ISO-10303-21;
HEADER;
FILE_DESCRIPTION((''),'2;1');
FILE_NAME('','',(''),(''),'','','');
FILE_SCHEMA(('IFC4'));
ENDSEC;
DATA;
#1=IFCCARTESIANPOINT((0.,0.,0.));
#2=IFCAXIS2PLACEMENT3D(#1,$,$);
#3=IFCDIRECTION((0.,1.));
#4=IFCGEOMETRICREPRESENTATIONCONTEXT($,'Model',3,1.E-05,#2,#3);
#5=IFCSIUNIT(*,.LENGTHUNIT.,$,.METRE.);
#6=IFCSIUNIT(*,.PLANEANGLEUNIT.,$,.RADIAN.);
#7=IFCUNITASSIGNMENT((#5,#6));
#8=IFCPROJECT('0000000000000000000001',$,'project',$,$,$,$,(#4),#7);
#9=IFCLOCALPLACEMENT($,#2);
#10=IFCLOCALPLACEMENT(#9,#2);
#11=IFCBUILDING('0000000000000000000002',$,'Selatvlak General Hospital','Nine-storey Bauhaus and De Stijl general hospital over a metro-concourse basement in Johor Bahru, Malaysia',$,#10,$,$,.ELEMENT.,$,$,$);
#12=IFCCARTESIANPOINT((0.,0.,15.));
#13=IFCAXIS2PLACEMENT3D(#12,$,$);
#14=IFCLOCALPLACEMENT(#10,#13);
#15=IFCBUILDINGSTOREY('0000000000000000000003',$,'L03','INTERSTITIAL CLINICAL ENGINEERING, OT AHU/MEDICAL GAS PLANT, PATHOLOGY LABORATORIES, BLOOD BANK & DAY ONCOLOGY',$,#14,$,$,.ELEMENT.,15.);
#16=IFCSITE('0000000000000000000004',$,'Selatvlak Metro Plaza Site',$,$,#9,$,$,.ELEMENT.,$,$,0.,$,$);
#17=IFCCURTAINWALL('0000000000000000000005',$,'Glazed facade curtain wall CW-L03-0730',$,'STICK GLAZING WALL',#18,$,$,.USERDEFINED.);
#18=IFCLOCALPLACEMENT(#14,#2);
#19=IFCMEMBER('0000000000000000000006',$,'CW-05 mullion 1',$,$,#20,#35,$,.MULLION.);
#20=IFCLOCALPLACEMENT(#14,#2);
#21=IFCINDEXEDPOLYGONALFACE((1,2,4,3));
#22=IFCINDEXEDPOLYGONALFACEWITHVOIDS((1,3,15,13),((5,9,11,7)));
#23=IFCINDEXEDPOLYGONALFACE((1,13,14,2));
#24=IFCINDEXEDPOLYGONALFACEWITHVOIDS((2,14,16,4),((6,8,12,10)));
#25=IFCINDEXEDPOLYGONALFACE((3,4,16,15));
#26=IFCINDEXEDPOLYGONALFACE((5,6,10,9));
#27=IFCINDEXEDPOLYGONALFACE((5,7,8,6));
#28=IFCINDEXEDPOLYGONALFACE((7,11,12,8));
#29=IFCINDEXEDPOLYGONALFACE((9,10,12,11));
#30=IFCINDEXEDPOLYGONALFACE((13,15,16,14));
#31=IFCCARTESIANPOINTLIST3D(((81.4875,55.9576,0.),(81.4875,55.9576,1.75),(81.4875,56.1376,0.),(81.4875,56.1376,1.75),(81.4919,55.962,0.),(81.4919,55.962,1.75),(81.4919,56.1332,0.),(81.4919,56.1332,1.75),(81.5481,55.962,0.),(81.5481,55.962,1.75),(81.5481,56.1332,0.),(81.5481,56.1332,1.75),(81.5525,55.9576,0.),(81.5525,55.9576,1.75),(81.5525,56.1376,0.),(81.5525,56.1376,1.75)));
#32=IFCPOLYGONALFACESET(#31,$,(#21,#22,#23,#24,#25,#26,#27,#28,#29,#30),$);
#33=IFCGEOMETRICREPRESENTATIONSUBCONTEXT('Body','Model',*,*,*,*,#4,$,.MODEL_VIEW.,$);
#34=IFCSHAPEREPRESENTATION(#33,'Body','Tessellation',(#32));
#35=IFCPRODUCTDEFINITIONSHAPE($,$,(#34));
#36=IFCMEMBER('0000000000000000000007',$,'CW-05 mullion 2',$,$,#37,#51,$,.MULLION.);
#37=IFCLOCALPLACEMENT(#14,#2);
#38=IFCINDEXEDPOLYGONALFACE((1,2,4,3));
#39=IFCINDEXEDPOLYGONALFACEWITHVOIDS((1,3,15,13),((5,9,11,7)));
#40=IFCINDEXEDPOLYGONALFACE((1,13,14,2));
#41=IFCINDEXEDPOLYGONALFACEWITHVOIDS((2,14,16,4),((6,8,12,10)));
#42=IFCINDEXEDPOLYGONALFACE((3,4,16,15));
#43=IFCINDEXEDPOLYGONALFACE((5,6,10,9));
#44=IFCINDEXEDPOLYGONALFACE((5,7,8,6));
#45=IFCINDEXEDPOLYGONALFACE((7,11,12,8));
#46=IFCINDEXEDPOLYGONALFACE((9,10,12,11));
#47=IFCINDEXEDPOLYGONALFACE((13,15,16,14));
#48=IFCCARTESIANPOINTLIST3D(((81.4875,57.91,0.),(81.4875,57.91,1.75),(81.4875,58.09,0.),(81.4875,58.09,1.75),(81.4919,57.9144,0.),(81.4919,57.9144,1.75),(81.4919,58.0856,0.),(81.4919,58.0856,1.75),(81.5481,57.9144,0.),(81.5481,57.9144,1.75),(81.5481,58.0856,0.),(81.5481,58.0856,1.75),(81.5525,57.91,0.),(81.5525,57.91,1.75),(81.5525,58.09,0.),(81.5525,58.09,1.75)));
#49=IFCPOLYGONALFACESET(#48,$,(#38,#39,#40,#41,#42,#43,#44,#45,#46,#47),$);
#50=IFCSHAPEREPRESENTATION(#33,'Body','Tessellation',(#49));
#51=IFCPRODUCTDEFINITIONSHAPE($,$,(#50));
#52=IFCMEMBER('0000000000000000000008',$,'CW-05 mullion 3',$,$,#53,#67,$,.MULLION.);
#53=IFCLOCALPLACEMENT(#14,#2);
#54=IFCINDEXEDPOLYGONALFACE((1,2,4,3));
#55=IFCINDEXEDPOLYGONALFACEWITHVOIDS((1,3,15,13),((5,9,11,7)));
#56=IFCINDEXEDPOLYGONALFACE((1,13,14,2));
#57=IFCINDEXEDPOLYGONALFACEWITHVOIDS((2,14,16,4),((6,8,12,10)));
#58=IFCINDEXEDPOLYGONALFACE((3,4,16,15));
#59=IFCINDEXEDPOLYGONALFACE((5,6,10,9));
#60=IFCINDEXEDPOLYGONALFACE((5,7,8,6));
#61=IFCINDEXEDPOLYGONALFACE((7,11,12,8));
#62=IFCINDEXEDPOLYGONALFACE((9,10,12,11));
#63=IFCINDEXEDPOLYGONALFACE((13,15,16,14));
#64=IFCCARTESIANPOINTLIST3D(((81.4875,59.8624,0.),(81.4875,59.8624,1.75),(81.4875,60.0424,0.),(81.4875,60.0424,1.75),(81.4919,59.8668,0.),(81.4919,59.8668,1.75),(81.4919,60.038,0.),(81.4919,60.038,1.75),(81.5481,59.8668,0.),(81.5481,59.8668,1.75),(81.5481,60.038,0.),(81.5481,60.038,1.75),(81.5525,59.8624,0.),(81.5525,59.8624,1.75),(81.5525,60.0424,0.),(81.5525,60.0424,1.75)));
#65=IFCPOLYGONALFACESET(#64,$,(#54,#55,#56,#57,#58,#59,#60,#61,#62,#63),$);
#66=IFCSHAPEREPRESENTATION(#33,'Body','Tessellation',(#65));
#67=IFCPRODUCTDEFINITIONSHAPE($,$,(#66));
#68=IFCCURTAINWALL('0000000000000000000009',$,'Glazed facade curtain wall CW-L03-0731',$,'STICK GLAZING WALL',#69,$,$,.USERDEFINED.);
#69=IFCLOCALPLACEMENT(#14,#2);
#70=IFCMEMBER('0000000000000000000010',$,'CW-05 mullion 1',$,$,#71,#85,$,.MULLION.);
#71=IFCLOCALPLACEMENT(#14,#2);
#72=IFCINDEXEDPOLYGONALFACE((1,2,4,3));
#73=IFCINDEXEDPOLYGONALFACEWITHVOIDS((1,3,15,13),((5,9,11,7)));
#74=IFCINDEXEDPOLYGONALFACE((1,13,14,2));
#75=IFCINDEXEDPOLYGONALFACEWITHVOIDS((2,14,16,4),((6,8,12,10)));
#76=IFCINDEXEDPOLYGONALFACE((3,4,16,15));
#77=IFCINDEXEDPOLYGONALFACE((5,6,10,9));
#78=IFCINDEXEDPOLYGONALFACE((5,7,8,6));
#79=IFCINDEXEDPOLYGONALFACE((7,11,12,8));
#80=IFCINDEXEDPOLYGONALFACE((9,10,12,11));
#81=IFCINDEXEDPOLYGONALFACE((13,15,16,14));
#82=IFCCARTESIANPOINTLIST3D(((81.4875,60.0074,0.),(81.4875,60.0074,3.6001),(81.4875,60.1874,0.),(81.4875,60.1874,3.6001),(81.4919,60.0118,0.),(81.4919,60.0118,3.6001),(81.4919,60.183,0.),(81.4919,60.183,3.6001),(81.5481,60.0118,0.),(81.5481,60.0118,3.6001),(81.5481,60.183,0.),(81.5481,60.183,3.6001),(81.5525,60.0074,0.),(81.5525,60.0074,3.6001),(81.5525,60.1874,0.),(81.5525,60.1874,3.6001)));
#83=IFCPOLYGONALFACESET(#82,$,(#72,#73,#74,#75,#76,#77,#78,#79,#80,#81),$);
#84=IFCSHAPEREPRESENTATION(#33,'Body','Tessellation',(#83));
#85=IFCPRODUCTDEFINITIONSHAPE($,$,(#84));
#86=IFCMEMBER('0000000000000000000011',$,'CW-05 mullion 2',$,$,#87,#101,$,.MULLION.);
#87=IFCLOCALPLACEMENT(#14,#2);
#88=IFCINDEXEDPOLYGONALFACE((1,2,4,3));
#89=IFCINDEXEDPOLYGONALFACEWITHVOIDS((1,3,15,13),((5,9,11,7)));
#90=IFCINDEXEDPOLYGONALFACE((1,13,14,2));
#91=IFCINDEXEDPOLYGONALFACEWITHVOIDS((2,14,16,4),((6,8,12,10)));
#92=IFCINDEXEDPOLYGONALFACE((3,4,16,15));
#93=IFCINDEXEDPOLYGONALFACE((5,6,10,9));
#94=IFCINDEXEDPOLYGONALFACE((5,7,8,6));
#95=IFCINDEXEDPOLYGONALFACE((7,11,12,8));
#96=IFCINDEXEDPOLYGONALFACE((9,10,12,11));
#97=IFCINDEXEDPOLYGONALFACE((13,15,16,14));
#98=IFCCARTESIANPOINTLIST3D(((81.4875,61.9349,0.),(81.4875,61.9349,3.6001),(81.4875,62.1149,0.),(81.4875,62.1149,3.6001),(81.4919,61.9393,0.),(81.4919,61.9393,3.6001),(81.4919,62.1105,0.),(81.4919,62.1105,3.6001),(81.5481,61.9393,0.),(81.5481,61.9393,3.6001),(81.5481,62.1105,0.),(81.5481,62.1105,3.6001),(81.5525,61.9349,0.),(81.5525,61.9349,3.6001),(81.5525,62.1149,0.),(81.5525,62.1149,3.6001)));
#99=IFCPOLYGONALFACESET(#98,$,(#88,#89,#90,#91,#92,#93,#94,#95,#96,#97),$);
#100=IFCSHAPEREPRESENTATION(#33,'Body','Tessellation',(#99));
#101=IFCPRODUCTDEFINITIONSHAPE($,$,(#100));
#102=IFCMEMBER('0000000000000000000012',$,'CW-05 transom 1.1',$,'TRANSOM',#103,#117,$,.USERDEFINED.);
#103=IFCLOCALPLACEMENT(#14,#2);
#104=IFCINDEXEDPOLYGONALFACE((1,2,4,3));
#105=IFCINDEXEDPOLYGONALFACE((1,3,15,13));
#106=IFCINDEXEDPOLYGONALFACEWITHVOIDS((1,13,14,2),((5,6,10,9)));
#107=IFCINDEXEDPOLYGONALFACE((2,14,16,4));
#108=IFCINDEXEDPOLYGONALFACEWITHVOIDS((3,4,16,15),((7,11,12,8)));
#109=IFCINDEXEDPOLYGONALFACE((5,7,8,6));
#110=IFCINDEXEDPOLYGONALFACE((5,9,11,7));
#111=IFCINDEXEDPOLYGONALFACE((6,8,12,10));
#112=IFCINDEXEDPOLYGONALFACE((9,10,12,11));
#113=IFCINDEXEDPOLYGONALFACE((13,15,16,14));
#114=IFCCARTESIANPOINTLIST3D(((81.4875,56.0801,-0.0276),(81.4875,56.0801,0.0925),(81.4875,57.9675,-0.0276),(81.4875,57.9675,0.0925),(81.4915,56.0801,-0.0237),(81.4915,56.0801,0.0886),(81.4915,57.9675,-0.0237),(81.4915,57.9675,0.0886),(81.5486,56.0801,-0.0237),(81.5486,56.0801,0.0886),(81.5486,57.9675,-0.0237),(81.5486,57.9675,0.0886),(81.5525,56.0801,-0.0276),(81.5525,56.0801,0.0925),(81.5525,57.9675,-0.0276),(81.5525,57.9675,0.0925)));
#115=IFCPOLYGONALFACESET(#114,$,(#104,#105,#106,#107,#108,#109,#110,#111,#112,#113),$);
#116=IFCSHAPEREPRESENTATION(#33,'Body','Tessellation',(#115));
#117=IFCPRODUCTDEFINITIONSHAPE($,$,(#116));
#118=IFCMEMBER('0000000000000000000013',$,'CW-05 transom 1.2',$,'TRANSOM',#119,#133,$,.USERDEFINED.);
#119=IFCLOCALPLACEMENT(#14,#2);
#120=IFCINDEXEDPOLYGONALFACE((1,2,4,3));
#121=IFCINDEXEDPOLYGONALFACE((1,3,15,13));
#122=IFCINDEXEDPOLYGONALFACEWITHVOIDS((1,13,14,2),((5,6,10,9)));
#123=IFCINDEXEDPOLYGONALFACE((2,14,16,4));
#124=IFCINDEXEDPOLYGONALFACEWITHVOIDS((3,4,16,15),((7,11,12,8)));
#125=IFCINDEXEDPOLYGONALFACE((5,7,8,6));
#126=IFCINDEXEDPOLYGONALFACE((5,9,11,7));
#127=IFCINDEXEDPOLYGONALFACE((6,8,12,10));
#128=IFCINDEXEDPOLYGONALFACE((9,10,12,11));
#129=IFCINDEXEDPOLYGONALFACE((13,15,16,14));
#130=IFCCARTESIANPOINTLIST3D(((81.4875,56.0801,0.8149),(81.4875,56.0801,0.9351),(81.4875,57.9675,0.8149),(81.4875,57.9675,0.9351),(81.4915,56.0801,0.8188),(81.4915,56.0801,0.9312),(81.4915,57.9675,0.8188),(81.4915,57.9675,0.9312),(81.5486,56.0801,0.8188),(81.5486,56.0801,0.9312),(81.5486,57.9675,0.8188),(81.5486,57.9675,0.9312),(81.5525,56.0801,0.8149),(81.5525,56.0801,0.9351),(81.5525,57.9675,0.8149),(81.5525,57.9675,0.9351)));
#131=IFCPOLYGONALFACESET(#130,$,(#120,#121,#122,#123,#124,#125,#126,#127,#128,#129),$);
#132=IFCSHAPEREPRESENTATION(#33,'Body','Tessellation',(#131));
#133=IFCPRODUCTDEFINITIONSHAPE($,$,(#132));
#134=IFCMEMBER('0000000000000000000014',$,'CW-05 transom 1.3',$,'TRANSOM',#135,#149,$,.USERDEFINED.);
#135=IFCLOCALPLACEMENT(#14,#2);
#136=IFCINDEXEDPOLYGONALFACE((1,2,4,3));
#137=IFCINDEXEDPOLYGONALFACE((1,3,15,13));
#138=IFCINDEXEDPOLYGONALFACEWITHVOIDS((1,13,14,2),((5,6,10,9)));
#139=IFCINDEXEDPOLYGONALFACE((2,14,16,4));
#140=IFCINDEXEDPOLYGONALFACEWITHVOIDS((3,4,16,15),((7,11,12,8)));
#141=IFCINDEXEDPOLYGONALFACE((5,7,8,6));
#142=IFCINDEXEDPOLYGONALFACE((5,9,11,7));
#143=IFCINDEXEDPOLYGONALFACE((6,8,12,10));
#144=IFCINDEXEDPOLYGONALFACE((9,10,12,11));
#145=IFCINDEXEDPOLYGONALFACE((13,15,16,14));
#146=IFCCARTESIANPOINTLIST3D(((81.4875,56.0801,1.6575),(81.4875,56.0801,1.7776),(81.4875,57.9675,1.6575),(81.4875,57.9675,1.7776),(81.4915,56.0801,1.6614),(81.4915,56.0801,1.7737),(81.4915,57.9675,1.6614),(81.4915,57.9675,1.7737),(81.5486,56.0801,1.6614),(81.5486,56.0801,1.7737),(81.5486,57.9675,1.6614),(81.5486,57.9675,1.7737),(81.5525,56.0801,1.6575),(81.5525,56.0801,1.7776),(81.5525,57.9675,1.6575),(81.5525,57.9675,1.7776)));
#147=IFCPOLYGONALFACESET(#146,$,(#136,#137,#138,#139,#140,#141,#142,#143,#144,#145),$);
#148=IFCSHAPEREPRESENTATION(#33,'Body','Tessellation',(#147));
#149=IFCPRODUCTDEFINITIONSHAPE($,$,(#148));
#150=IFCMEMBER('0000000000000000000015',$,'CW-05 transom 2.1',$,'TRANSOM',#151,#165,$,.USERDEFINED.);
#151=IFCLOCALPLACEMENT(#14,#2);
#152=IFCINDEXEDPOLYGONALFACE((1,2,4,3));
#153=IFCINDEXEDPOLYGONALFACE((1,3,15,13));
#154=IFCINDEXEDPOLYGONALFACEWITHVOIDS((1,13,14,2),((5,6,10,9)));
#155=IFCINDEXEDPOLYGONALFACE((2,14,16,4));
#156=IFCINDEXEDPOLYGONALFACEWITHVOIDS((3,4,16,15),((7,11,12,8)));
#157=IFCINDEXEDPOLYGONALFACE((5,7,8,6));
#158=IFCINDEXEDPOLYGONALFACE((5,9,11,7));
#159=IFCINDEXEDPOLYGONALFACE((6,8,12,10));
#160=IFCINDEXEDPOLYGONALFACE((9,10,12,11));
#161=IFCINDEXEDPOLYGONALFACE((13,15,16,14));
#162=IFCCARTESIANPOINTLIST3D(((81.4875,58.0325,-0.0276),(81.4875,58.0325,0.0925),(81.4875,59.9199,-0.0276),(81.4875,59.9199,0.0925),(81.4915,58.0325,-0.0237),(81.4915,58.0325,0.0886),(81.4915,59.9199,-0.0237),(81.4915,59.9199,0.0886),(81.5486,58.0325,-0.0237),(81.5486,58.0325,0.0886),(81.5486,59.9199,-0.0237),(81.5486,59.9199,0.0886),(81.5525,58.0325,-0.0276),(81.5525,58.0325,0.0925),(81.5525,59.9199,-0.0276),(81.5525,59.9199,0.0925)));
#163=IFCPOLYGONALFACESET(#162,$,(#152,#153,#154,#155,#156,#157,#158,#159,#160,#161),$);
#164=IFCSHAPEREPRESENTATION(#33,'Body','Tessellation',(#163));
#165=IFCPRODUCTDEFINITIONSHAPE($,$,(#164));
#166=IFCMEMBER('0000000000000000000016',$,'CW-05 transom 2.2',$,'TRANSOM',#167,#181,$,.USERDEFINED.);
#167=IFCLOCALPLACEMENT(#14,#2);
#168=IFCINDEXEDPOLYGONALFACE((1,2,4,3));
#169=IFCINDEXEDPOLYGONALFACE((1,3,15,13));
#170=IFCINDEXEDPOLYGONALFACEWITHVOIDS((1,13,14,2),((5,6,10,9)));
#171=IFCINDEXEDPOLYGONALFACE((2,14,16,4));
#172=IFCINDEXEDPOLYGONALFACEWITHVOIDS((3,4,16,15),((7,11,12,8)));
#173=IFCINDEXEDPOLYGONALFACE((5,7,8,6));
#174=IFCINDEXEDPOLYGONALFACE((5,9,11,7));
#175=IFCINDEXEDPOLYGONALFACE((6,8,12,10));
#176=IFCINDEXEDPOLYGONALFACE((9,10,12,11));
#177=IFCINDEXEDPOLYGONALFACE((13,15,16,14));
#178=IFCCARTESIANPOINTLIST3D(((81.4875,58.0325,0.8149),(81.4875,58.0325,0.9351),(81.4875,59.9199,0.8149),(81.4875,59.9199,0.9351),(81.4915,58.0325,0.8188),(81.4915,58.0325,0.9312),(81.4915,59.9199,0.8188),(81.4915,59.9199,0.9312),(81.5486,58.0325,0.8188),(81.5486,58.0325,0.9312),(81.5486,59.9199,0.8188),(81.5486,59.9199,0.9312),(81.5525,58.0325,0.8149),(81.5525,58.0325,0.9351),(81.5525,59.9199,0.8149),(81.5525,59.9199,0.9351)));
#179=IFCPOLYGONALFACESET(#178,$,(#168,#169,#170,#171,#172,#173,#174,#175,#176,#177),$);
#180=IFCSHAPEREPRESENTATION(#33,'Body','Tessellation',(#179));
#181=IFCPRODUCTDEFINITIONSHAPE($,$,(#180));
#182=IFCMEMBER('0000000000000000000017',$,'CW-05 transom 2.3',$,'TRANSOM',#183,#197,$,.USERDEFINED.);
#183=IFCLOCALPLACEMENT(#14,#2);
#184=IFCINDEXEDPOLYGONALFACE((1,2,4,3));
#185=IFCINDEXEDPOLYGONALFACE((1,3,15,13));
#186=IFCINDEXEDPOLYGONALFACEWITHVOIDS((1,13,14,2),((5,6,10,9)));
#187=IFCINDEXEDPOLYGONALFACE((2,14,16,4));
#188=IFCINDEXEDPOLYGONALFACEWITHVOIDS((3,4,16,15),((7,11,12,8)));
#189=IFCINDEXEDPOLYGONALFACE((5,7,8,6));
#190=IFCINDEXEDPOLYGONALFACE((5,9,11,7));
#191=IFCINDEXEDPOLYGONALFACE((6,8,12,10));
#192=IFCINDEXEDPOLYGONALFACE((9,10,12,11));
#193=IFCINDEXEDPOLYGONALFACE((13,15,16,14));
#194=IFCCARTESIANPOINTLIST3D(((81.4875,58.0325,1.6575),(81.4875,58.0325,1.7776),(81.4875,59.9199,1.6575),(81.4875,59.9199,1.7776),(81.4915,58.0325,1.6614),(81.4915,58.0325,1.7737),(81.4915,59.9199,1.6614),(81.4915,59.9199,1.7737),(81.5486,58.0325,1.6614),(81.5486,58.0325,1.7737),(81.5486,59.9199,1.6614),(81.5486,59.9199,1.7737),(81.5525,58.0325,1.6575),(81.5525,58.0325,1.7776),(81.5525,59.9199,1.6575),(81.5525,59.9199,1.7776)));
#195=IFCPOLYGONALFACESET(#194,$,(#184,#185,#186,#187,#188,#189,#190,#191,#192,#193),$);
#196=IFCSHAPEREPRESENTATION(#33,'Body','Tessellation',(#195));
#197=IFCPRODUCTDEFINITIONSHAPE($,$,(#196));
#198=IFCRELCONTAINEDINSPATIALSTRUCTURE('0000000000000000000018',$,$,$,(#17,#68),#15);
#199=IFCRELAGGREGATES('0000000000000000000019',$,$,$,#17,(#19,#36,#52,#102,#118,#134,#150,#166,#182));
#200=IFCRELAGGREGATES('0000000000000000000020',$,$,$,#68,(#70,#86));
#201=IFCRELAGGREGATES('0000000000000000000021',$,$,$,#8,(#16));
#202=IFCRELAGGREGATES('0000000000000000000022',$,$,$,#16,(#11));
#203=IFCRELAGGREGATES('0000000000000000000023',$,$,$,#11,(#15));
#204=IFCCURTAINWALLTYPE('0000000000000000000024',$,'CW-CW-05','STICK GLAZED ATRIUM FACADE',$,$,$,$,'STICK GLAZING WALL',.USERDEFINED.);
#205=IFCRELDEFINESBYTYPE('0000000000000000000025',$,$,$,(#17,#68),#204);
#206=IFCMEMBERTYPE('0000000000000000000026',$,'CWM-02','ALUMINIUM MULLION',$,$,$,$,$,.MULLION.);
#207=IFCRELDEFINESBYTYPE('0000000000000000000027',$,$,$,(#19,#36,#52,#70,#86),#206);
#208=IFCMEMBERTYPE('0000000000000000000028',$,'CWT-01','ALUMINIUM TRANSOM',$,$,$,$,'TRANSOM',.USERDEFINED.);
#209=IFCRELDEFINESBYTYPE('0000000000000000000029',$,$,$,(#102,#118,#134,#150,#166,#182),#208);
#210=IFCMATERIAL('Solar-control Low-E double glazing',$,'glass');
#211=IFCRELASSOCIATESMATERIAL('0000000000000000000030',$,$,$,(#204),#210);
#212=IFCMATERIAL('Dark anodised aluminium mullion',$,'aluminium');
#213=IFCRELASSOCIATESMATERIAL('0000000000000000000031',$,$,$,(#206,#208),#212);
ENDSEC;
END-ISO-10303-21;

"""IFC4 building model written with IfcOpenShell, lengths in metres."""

from ifc_helpers import new_model, si_unit, direction, frame, origin, origin_2d, place, context, subcontext, project, spatial, hollow_rectangle, extrude, material, material_profile, profile_set, type_object, element, aggregate, save


model = new_model("IFC4")

# Units and contexts
model_context = context("Model", 3, precision=1e-05, world=origin(), true_north=direction((0.0, 1.0)))
body_context = subcontext(model_context, "Body", "Model", "MODEL_VIEW")
ifc_project = project(units=[si_unit("LENGTHUNIT", "METRE"), si_unit("PLANEANGLEUNIT", "RADIAN")], contexts=[model_context])

# Site, building, storey
site_placement = place(None, origin())
site = spatial("IfcSite", under=ifc_project, at=site_placement, Name="Selatvlak Metro Plaza Site", CompositionType="ELEMENT", RefElevation=0.0)
building_placement = place(site_placement, origin())
building = spatial("IfcBuilding", under=site, at=building_placement, Name="Selatvlak General Hospital", Description="Nine-storey Bauhaus and De Stijl general hospital over a metro-concourse basement in Johor Bahru, Malaysia", CompositionType="ELEMENT")
storey_placement = place(building_placement, frame((0.0, 0.0, 15.0)))
storey = spatial("IfcBuildingStorey", under=building, at=storey_placement, Name="L03", Description="INTERSTITIAL CLINICAL ENGINEERING, OT AHU/MEDICAL GAS PLANT, PATHOLOGY LABORATORIES, BLOOD BANK & DAY ONCOLOGY", CompositionType="ELEMENT", Elevation=15.0)

# Curtain walls, members
ifc_material_1 = material(Name="Solar-control Low-E double glazing", Category="glass")
curtain_wall_type = type_object("IfcCurtainWallType", Name="CW-CW-05", Description="STICK GLAZED ATRIUM FACADE", ElementType="STICK GLAZING WALL", PredefinedType="USERDEFINED", material=ifc_material_1)
curtain_wall_1_placement = place(storey_placement, origin())
curtain_wall_1 = element("IfcCurtainWall", 1, at=curtain_wall_1_placement, inside=storey, type_object=curtain_wall_type, Name="Glazed facade curtain wall CW-L03-0730", ObjectType="STICK GLAZING WALL", PredefinedType="USERDEFINED")
ifc_material_2 = material(Name="Dark anodised aluminium mullion", Category="aluminium")
ifc_material_profile_1 = material_profile(ifc_material_2, hollow_rectangle(XDim=0.0649, YDim=0.1799, WallThickness=0.0044, at=origin_2d()), Name="AL-MUL 65x180x4.5")
ifc_profile_set_1 = profile_set([ifc_material_profile_1], Name="Dark anodised aluminium mullion")
member_type_1 = type_object("IfcMemberType", Name="CWM-02", Description="ALUMINIUM MULLION", PredefinedType="MULLION", material=ifc_profile_set_1)
member_1_placement = place(storey_placement, frame((81.52, 56.0476, 0.0), z_axis=(0.0, 0.0, 1.0), x_axis=(-1.0, 0.0, 0.0)))
member_1 = element("IfcMember", 2, at=member_1_placement, type_object=member_type_1, Name="CW-05 mullion 1", PredefinedType="MULLION", context=body_context, shape_type="SweptSolid", body=[
    extrude(hollow_rectangle(XDim=0.0649, YDim=0.1799, WallThickness=0.0044, at=origin_2d()), origin(), (0.0, 0.0, 1.0), 1.75),
])
member_2_placement = place(storey_placement, frame((81.52, 58.0, 0.0), z_axis=(0.0, 0.0, 1.0), x_axis=(-1.0, 0.0, 0.0)))
member_2 = element("IfcMember", 3, at=member_2_placement, type_object=member_type_1, Name="CW-05 mullion 2", PredefinedType="MULLION", context=body_context, shape_type="SweptSolid", body=[
    extrude(hollow_rectangle(XDim=0.0649, YDim=0.1799, WallThickness=0.0044, at=origin_2d()), origin(), (0.0, 0.0, 1.0), 1.75),
])
member_3_placement = place(storey_placement, frame((81.52, 59.9524, 0.0), z_axis=(0.0, 0.0, 1.0), x_axis=(-1.0, 0.0, 0.0)))
member_3 = element("IfcMember", 4, at=member_3_placement, type_object=member_type_1, Name="CW-05 mullion 3", PredefinedType="MULLION", context=body_context, shape_type="SweptSolid", body=[
    extrude(hollow_rectangle(XDim=0.0649, YDim=0.1799, WallThickness=0.0044, at=origin_2d()), origin(), (0.0, 0.0, 1.0), 1.75),
])
curtain_wall_2_placement = place(storey_placement, origin())
curtain_wall_2 = element("IfcCurtainWall", 5, at=curtain_wall_2_placement, inside=storey, type_object=curtain_wall_type, Name="Glazed facade curtain wall CW-L03-0731", ObjectType="STICK GLAZING WALL", PredefinedType="USERDEFINED")
member_4_placement = place(storey_placement, frame((81.52, 60.0974, 0.0), z_axis=(0.0, 0.0, 1.0), x_axis=(-1.0, 0.0, 0.0)))
member_4 = element("IfcMember", 6, at=member_4_placement, type_object=member_type_1, Name="CW-05 mullion 1", PredefinedType="MULLION", context=body_context, shape_type="SweptSolid", body=[
    extrude(hollow_rectangle(XDim=0.0649, YDim=0.1799, WallThickness=0.0044, at=origin_2d()), origin(), (0.0, 0.0, 1.0), 3.6001),
])
member_5_placement = place(storey_placement, frame((81.52, 62.0249, 0.0), z_axis=(0.0, 0.0, 1.0), x_axis=(-1.0, 0.0, 0.0)))
member_5 = element("IfcMember", 7, at=member_5_placement, type_object=member_type_1, Name="CW-05 mullion 2", PredefinedType="MULLION", context=body_context, shape_type="SweptSolid", body=[
    extrude(hollow_rectangle(XDim=0.0649, YDim=0.1799, WallThickness=0.0044, at=origin_2d()), origin(), (0.0, 0.0, 1.0), 3.6001),
])

# Members
ifc_material_profile_2 = material_profile(ifc_material_2, hollow_rectangle(XDim=0.0649, YDim=0.1201, WallThickness=0.0039, at=origin_2d()), Name="AL-TRN 65x120x4")
ifc_profile_set_2 = profile_set([ifc_material_profile_2], Name="Dark anodised aluminium mullion")
member_type_2 = type_object("IfcMemberType", Name="CWT-01", Description="ALUMINIUM TRANSOM", ElementType="TRANSOM", PredefinedType="USERDEFINED", material=ifc_profile_set_2)
member_6_placement = place(storey_placement, frame((81.52, 56.0801, 0.0325), z_axis=(0.0, 1.0, 0.0), x_axis=(-1.0, 0.0, 0.0)))
member_6 = element("IfcMember", 8, at=member_6_placement, type_object=member_type_2, Name="CW-05 transom 1.1", ObjectType="TRANSOM", PredefinedType="USERDEFINED", context=body_context, shape_type="SweptSolid", body=[
    extrude(hollow_rectangle(XDim=0.0649, YDim=0.1201, WallThickness=0.0039, at=origin_2d()), origin(), (0.0, 0.0, 1.0), 1.8875),
])
member_7_placement = place(storey_placement, frame((81.52, 56.0801, 0.875), z_axis=(0.0, 1.0, 0.0), x_axis=(-1.0, 0.0, 0.0)))
member_7 = element("IfcMember", 9, at=member_7_placement, type_object=member_type_2, Name="CW-05 transom 1.2", ObjectType="TRANSOM", PredefinedType="USERDEFINED", context=body_context, shape_type="SweptSolid", body=[
    extrude(hollow_rectangle(XDim=0.0649, YDim=0.1201, WallThickness=0.0039, at=origin_2d()), origin(), (0.0, 0.0, 1.0), 1.8875),
])
member_8_placement = place(storey_placement, frame((81.52, 56.0801, 1.7175), z_axis=(0.0, 1.0, 0.0), x_axis=(-1.0, 0.0, 0.0)))
member_8 = element("IfcMember", 10, at=member_8_placement, type_object=member_type_2, Name="CW-05 transom 1.3", ObjectType="TRANSOM", PredefinedType="USERDEFINED", context=body_context, shape_type="SweptSolid", body=[
    extrude(hollow_rectangle(XDim=0.0649, YDim=0.1201, WallThickness=0.0039, at=origin_2d()), origin(), (0.0, 0.0, 1.0), 1.8875),
])
member_9_placement = place(storey_placement, frame((81.52, 58.0325, 0.0325), z_axis=(0.0, 1.0, 0.0), x_axis=(-1.0, 0.0, 0.0)))
member_9 = element("IfcMember", 11, at=member_9_placement, type_object=member_type_2, Name="CW-05 transom 2.1", ObjectType="TRANSOM", PredefinedType="USERDEFINED", context=body_context, shape_type="SweptSolid", body=[
    extrude(hollow_rectangle(XDim=0.0649, YDim=0.1201, WallThickness=0.0039, at=origin_2d()), origin(), (0.0, 0.0, 1.0), 1.8875),
])
member_10_placement = place(storey_placement, frame((81.52, 58.0325, 0.875), z_axis=(0.0, 1.0, 0.0), x_axis=(-1.0, 0.0, 0.0)))
member_10 = element("IfcMember", 12, at=member_10_placement, type_object=member_type_2, Name="CW-05 transom 2.2", ObjectType="TRANSOM", PredefinedType="USERDEFINED", context=body_context, shape_type="SweptSolid", body=[
    extrude(hollow_rectangle(XDim=0.0649, YDim=0.1201, WallThickness=0.0039, at=origin_2d()), origin(), (0.0, 0.0, 1.0), 1.8875),
])
member_11_placement = place(storey_placement, frame((81.52, 58.0325, 1.7175), z_axis=(0.0, 1.0, 0.0), x_axis=(-1.0, 0.0, 0.0)))
member_11 = element("IfcMember", 13, at=member_11_placement, type_object=member_type_2, Name="CW-05 transom 2.3", ObjectType="TRANSOM", PredefinedType="USERDEFINED", context=body_context, shape_type="SweptSolid", body=[
    extrude(hollow_rectangle(XDim=0.0649, YDim=0.1201, WallThickness=0.0039, at=origin_2d()), origin(), (0.0, 0.0, 1.0), 1.8875),
])

aggregate(curtain_wall_1, [member_1, member_2, member_3, member_6, member_7, member_8, member_9, member_10, member_11])
aggregate(curtain_wall_2, [member_4, member_5])

save(model, "model.ifc")
